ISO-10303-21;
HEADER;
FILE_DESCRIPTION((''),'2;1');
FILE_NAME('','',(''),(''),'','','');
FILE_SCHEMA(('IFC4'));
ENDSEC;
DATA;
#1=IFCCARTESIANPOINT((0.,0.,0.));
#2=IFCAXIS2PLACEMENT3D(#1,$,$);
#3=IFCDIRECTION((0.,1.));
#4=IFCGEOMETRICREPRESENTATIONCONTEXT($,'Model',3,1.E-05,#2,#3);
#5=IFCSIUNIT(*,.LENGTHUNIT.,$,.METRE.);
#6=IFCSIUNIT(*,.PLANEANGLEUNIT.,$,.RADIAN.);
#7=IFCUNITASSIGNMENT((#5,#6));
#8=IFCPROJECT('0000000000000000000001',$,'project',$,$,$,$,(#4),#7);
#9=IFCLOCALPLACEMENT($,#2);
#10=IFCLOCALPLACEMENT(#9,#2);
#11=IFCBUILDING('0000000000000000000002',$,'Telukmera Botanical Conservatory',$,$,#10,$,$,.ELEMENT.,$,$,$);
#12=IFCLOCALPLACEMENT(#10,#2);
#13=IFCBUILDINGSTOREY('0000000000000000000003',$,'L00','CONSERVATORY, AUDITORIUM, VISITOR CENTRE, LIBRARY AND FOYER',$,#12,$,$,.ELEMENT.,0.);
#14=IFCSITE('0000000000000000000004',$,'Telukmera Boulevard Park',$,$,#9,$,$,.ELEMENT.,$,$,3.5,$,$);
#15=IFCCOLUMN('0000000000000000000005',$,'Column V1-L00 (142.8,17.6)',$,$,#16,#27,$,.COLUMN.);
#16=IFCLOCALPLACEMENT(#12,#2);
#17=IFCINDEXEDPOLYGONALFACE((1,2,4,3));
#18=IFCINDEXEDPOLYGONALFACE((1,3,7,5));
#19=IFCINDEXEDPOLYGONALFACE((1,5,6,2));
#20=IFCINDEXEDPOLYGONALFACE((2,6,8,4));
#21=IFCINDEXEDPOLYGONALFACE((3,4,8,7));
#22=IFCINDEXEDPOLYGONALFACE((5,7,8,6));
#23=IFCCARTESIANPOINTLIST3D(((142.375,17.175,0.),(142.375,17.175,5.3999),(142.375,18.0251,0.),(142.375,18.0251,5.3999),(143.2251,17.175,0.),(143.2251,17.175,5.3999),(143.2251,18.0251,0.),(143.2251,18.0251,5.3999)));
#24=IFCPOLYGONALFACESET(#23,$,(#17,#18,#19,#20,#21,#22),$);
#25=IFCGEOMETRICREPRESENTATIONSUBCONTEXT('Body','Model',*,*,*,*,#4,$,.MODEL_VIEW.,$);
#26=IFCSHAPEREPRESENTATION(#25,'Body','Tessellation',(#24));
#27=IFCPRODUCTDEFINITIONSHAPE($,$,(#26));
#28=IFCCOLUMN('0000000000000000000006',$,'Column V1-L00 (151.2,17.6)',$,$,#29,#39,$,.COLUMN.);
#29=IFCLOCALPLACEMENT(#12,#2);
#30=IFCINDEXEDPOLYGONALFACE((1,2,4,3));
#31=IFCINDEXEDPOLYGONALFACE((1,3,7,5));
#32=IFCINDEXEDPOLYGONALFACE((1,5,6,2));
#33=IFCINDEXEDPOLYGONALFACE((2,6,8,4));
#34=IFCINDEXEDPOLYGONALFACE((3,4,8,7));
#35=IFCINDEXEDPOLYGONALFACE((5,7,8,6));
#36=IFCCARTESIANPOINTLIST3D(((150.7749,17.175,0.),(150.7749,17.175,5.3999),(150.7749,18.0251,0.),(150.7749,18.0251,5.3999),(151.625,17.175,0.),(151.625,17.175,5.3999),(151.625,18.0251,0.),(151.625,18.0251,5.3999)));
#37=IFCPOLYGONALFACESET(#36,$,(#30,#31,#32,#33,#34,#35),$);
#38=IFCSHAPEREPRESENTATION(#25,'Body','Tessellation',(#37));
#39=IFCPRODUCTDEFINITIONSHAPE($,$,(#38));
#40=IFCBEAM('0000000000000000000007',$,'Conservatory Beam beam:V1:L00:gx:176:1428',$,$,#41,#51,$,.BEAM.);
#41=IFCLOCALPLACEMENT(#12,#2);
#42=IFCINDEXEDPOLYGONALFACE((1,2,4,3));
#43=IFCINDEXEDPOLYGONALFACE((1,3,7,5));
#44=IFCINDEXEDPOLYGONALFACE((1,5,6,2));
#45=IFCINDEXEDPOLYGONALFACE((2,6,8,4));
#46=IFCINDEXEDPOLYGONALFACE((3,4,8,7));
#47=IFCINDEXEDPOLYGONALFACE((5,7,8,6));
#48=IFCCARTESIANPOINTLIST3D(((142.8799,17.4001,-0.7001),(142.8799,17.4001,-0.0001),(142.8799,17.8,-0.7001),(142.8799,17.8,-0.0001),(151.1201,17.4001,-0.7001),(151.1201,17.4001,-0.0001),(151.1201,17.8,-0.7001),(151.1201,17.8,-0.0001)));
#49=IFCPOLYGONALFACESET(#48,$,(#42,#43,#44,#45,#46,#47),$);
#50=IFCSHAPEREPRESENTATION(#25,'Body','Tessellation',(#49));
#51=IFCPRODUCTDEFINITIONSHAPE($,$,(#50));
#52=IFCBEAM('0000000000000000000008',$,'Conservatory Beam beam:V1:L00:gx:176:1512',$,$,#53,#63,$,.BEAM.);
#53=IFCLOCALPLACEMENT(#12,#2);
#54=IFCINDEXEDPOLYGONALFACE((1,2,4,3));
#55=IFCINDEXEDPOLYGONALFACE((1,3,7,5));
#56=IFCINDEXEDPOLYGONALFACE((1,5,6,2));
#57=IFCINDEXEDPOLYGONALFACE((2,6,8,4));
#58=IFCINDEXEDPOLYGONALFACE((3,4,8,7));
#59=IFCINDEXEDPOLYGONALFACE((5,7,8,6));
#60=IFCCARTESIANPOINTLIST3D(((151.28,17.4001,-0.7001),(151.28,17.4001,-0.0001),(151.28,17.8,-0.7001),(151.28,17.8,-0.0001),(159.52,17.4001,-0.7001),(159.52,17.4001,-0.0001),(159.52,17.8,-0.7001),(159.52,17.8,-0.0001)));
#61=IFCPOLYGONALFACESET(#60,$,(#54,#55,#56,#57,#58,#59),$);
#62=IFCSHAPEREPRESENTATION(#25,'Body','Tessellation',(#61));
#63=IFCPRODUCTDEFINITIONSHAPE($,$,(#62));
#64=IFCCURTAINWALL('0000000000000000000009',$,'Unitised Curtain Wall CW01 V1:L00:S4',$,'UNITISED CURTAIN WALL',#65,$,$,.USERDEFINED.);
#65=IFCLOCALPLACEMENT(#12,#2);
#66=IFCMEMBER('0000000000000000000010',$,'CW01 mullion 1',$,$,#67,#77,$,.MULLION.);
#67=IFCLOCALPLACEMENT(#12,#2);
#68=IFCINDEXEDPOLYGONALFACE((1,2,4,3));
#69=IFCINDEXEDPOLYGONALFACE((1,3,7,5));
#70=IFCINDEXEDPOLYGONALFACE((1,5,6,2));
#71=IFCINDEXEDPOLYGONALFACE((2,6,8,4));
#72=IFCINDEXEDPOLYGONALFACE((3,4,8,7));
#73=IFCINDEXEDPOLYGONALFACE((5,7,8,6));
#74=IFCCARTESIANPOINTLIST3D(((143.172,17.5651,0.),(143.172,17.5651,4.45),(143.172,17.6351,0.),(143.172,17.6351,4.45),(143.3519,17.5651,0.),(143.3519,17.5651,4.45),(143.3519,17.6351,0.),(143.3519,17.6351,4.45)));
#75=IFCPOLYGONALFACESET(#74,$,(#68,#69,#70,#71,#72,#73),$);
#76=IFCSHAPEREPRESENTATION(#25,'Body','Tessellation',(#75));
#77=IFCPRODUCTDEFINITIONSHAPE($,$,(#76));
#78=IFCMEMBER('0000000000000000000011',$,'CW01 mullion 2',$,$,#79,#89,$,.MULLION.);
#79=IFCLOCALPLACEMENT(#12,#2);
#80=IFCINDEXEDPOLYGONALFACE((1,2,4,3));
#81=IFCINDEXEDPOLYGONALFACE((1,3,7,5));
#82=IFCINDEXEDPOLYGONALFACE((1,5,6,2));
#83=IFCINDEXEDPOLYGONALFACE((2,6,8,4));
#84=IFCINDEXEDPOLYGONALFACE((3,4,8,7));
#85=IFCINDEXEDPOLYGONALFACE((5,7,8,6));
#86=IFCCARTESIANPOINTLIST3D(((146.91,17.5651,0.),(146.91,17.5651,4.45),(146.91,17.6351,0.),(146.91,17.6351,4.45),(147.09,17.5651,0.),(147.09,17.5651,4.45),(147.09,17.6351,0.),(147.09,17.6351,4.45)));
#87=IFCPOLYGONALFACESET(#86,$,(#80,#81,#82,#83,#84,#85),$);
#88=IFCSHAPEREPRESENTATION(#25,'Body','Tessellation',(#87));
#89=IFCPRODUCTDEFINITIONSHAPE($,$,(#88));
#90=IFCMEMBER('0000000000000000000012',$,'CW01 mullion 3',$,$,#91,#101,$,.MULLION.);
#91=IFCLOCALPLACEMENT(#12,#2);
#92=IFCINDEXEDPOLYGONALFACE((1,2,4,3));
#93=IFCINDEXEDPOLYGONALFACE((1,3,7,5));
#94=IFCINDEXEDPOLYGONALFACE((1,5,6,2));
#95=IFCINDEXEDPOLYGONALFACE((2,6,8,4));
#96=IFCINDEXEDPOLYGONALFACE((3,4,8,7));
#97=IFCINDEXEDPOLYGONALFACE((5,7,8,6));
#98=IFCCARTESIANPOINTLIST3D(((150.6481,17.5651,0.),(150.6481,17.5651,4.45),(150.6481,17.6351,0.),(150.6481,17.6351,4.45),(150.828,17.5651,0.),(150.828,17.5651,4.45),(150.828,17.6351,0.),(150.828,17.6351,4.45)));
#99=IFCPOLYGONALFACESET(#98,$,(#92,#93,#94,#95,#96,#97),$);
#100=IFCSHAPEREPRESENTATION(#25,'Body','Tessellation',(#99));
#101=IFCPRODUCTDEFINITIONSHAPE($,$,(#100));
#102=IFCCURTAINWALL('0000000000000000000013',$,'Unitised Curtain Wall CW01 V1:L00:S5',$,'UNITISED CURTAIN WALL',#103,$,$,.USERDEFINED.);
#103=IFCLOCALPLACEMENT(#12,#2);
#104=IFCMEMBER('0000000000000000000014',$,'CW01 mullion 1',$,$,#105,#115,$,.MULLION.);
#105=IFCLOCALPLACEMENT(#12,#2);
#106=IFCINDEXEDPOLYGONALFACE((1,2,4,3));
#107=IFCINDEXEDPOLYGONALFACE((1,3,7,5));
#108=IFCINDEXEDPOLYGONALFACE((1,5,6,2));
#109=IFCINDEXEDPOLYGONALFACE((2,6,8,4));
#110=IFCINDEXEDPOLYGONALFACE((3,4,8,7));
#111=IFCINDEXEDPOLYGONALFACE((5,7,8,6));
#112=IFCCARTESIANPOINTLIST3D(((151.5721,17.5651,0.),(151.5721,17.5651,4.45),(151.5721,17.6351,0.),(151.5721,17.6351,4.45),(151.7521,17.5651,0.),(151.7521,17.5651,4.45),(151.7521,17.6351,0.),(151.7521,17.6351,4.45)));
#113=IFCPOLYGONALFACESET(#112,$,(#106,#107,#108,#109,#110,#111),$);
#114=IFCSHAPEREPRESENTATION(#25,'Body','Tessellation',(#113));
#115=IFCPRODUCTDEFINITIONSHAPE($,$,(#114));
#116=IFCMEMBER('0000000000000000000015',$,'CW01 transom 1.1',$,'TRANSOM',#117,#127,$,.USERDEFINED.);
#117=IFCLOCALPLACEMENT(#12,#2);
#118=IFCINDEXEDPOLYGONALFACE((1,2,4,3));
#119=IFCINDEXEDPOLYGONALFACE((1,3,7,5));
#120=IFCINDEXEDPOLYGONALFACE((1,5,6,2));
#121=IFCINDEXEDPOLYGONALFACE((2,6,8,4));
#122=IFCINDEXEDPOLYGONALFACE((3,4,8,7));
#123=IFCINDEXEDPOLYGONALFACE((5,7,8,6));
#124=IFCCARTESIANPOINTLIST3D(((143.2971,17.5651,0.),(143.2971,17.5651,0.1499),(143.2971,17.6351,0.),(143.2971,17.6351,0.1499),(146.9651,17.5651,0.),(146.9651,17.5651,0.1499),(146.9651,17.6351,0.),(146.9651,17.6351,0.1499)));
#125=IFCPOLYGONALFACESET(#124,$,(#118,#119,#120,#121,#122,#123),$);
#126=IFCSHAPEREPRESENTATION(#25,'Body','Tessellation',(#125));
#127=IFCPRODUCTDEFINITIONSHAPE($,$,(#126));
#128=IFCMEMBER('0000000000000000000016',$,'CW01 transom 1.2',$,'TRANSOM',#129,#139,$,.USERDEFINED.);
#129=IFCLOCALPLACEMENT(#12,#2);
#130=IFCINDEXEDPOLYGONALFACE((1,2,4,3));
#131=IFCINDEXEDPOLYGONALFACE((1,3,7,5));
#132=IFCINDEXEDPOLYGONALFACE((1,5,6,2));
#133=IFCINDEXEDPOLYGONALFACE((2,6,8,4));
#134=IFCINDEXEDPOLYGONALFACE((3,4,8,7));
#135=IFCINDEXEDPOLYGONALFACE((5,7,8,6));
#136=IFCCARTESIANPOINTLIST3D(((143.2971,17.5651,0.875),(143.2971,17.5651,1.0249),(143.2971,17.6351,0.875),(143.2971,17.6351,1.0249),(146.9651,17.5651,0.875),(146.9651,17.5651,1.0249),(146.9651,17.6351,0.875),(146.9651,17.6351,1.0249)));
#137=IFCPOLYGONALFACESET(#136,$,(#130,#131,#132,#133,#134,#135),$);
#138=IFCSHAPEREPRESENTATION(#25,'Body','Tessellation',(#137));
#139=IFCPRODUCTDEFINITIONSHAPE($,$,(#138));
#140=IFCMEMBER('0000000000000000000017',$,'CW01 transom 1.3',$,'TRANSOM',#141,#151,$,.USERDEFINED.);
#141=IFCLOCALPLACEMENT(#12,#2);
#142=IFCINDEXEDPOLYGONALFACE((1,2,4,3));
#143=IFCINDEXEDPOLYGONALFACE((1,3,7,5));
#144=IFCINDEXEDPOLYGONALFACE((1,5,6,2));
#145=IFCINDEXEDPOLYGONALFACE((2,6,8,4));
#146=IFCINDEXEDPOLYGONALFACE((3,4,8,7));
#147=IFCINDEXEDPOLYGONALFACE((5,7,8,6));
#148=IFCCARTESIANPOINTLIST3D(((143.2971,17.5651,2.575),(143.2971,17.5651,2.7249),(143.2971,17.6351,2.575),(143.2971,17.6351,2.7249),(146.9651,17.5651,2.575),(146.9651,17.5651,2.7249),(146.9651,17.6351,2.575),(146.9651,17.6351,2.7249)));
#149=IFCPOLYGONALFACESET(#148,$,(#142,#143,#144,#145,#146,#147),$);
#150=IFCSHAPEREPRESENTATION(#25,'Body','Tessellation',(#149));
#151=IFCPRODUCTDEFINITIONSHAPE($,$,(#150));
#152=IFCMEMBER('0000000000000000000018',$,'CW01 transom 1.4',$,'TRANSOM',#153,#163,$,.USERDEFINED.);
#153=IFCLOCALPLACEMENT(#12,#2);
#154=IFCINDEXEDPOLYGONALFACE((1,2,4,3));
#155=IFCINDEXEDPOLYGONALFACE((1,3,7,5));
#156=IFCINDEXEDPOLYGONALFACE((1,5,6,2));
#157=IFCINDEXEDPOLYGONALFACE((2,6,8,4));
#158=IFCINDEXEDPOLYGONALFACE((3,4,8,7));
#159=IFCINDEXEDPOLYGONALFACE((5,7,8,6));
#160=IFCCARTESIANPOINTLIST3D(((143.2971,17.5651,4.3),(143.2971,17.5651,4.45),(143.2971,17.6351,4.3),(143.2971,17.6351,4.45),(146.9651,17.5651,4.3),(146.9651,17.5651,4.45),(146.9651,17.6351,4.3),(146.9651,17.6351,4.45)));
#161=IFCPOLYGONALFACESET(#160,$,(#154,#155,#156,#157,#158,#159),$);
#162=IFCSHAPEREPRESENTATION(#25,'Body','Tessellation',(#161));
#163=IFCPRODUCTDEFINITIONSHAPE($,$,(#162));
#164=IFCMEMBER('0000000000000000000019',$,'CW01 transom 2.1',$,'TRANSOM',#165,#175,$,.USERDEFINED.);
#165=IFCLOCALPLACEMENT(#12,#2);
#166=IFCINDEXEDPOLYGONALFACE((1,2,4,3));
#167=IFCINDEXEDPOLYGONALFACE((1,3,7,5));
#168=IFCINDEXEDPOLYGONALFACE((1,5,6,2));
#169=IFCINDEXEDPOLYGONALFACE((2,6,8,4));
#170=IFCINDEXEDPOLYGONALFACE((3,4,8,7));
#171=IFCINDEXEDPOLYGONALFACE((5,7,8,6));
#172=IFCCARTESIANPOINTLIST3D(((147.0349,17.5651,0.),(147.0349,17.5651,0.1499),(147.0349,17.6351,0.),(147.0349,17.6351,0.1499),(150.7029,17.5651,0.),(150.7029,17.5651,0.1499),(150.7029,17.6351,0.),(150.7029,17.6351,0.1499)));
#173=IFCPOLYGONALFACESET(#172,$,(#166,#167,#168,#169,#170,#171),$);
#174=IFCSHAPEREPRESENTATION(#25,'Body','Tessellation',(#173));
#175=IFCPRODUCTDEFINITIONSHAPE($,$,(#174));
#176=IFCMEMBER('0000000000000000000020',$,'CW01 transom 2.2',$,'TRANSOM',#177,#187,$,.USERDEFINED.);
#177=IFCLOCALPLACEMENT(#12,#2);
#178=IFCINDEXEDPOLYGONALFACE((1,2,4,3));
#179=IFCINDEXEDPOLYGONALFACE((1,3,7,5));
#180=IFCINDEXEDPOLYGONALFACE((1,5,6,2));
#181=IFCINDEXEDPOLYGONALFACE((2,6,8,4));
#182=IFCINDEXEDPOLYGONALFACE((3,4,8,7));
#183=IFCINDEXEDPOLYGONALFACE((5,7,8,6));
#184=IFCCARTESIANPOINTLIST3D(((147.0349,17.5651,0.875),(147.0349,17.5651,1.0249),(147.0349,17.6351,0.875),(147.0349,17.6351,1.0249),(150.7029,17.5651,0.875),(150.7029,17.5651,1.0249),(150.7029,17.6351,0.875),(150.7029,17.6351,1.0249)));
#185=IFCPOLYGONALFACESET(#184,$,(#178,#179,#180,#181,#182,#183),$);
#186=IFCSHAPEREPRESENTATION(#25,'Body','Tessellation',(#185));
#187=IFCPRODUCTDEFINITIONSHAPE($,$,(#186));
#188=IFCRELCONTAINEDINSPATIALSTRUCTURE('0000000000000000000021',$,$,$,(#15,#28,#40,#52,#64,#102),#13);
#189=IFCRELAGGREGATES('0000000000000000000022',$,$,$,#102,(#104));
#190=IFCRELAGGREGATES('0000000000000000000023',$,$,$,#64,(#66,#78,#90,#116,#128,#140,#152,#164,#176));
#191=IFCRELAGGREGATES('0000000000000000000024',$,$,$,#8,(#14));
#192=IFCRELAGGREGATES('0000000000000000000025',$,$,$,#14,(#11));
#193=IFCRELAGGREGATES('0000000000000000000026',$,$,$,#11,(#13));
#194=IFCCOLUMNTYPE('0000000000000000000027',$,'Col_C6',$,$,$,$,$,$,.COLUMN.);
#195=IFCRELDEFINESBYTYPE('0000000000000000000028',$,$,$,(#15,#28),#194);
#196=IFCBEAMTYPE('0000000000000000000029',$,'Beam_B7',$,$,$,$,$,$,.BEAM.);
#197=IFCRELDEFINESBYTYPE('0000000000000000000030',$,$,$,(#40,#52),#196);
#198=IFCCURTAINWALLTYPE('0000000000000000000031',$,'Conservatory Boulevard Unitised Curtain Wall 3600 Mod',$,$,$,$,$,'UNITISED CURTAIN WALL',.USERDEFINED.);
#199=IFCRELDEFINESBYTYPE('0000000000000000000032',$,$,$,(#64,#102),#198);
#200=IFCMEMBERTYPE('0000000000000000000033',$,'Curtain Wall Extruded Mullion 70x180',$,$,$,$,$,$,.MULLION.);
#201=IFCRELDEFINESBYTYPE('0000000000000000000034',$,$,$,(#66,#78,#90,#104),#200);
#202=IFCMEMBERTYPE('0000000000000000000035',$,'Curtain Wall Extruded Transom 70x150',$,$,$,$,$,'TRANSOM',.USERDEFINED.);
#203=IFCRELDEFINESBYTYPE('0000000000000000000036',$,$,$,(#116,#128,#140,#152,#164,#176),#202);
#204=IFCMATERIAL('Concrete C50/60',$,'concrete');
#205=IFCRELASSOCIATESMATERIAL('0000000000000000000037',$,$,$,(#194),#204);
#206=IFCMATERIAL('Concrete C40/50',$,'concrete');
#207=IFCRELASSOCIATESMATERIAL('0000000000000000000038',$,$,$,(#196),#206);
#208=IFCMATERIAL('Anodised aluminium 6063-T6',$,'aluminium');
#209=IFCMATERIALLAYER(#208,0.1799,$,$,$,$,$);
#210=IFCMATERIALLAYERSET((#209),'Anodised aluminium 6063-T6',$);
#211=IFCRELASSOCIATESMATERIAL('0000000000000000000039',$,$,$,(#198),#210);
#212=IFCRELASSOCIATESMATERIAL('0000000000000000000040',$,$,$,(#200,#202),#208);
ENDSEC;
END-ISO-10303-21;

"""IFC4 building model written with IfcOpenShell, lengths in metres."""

from ifc_helpers import new_model, si_unit, direction, frame, origin, origin_2d, place, context, subcontext, project, spatial, rectangle, extrude, material, layer, layer_set, material_profile, profile_set, type_object, element, aggregate, save


model = new_model("IFC4")

# Units and contexts
model_context = context("Model", 3, precision=1e-05, world=origin(), true_north=direction((0.0, 1.0)))
body_context = subcontext(model_context, "Body", "Model", "MODEL_VIEW")
ifc_project = project(units=[si_unit("LENGTHUNIT", "METRE"), si_unit("PLANEANGLEUNIT", "RADIAN")], contexts=[model_context])

# Site, building, storey
site_placement = place(None, origin())
site = spatial("IfcSite", under=ifc_project, at=site_placement, Name="Telukmera Boulevard Park", CompositionType="ELEMENT", RefElevation=3.5)
building_placement = place(site_placement, origin())
building = spatial("IfcBuilding", under=site, at=building_placement, Name="Telukmera Botanical Conservatory", CompositionType="ELEMENT")
storey_placement = place(building_placement, origin())
storey = spatial("IfcBuildingStorey", under=building, at=storey_placement, Name="L00", Description="CONSERVATORY, AUDITORIUM, VISITOR CENTRE, LIBRARY AND FOYER", CompositionType="ELEMENT", Elevation=0.0)

# Columns
ifc_material_1 = material(Name="Concrete C50/60", Category="concrete")
ifc_material_profile_1 = material_profile(ifc_material_1, rectangle(XDim=0.8501, YDim=0.8501, at=origin_2d()), Name="RC 850x850")
ifc_profile_set_1 = profile_set([ifc_material_profile_1], Name="Concrete C50/60")
column_type = type_object("IfcColumnType", Name="Col_C6", PredefinedType="COLUMN", material=ifc_profile_set_1)
for number, where, z_axis, x_axis, name in (
    (1, (142.8, 17.6001, 0.0), (0.0, 0.0, 1.0), (1.0, 0.0, 0.0), "Column V1-L00 (142.8,17.6)"),
    (2, (151.2, 17.6001, 0.0), (0.0, 0.0, 1.0), (1.0, 0.0, 0.0), "Column V1-L00 (151.2,17.6)"),
):
    element("IfcColumn", number, at=place(storey_placement, frame(where, z_axis=z_axis, x_axis=x_axis)), inside=storey, type_object=column_type, Name=name, PredefinedType="COLUMN", context=body_context, shape_type="SweptSolid", body=[
        extrude(rectangle(XDim=0.8501, YDim=0.8501, at=origin_2d()), origin(), (0.0, 0.0, 1.0), 5.3999),
    ])

# Beams
ifc_material_2 = material(Name="Concrete C40/50", Category="concrete")
ifc_material_profile_2 = material_profile(ifc_material_2, rectangle(XDim=0.3999, YDim=0.7, at=origin_2d()), Name="RC 400x700")
ifc_profile_set_2 = profile_set([ifc_material_profile_2], Name="Concrete C40/50")
beam_type = type_object("IfcBeamType", Name="Beam_B7", PredefinedType="BEAM", material=ifc_profile_set_2)
beam_1_placement = place(storey_placement, frame((142.8799, 17.6001, -0.3501), z_axis=(1.0, 0.0, 0.0), x_axis=(0.0, 1.0, 0.0)))
element("IfcBeam", 3, at=beam_1_placement, inside=storey, type_object=beam_type, Name="Conservatory Beam beam:V1:L00:gx:176:1428", PredefinedType="BEAM", context=body_context, shape_type="SweptSolid", body=[
    extrude(rectangle(XDim=0.3999, YDim=0.7, at=origin_2d()), origin(), (0.0, 0.0, 1.0), 8.2402),
])
beam_2_placement = place(storey_placement, frame((151.28, 17.6001, -0.3501), z_axis=(1.0, 0.0, 0.0), x_axis=(0.0, 1.0, 0.0)))
element("IfcBeam", 4, at=beam_2_placement, inside=storey, type_object=beam_type, Name="Conservatory Beam beam:V1:L00:gx:176:1512", PredefinedType="BEAM", context=body_context, shape_type="SweptSolid", body=[
    extrude(rectangle(XDim=0.3999, YDim=0.7, at=origin_2d()), origin(), (0.0, 0.0, 1.0), 8.24),
])

# Curtain wall, members
ifc_material_3 = material(Name="Anodised aluminium 6063-T6", Category="aluminium")
ifc_layer_1 = layer(ifc_material_3, 0.1799)
ifc_layer_set_1 = layer_set([ifc_layer_1], Name="Anodised aluminium 6063-T6")
curtain_wall_type = type_object("IfcCurtainWallType", Name="Conservatory Boulevard Unitised Curtain Wall 3600 Mod", ElementType="UNITISED CURTAIN WALL", PredefinedType="USERDEFINED", material=ifc_layer_set_1)
curtain_wall_1_placement = place(storey_placement, origin())
curtain_wall_1 = element("IfcCurtainWall", 5, at=curtain_wall_1_placement, inside=storey, type_object=curtain_wall_type, Name="Unitised Curtain Wall CW01 V1:L00:S4", ObjectType="UNITISED CURTAIN WALL", PredefinedType="USERDEFINED")
ifc_material_profile_3 = material_profile(ifc_material_3, rectangle(XDim=0.0701, YDim=0.1799, at=origin_2d()), Name="ALU MULL 70x180")
ifc_profile_set_3 = profile_set([ifc_material_profile_3], Name="Anodised aluminium 6063-T6")
member_type_1 = type_object("IfcMemberType", Name="Curtain Wall Extruded Mullion 70x180", PredefinedType="MULLION", material=ifc_profile_set_3)
member_1_placement = place(storey_placement, frame((143.262, 17.6001, 0.0), z_axis=(0.0, 0.0, 1.0), x_axis=(0.0, 1.0, 0.0)))
member_1 = element("IfcMember", 6, at=member_1_placement, type_object=member_type_1, Name="CW01 mullion 1", PredefinedType="MULLION", context=body_context, shape_type="SweptSolid", body=[
    extrude(rectangle(XDim=0.0701, YDim=0.1799, at=origin_2d()), origin(), (0.0, 0.0, 1.0), 4.45),
])
member_2_placement = place(storey_placement, frame((147.0, 17.6001, 0.0), z_axis=(0.0, 0.0, 1.0), x_axis=(0.0, 1.0, 0.0)))
member_2 = element("IfcMember", 7, at=member_2_placement, type_object=member_type_1, Name="CW01 mullion 2", PredefinedType="MULLION", context=body_context, shape_type="SweptSolid", body=[
    extrude(rectangle(XDim=0.0701, YDim=0.1799, at=origin_2d()), origin(), (0.0, 0.0, 1.0), 4.45),
])
member_3_placement = place(storey_placement, frame((150.738, 17.6001, 0.0), z_axis=(0.0, 0.0, 1.0), x_axis=(0.0, 1.0, 0.0)))
member_3 = element("IfcMember", 8, at=member_3_placement, type_object=member_type_1, Name="CW01 mullion 3", PredefinedType="MULLION", context=body_context, shape_type="SweptSolid", body=[
    extrude(rectangle(XDim=0.0701, YDim=0.1799, at=origin_2d()), origin(), (0.0, 0.0, 1.0), 4.45),
])

# Curtain wall, member
curtain_wall_2_placement = place(storey_placement, origin())
curtain_wall_2 = element("IfcCurtainWall", 9, at=curtain_wall_2_placement, inside=storey, type_object=curtain_wall_type, Name="Unitised Curtain Wall CW01 V1:L00:S5", ObjectType="UNITISED CURTAIN WALL", PredefinedType="USERDEFINED")
member_4_placement = place(storey_placement, frame((151.6621, 17.6001, 0.0), z_axis=(0.0, 0.0, 1.0), x_axis=(0.0, 1.0, 0.0)))
member_4 = element("IfcMember", 10, at=member_4_placement, type_object=member_type_1, Name="CW01 mullion 1", PredefinedType="MULLION", context=body_context, shape_type="SweptSolid", body=[
    extrude(rectangle(XDim=0.0701, YDim=0.1799, at=origin_2d()), origin(), (0.0, 0.0, 1.0), 4.45),
])

# Members
ifc_material_profile_4 = material_profile(ifc_material_3, rectangle(XDim=0.0701, YDim=0.1499, at=origin_2d()), Name="ALU TRAN 70x150")
ifc_profile_set_4 = profile_set([ifc_material_profile_4], Name="Anodised aluminium 6063-T6")
member_type_2 = type_object("IfcMemberType", Name="Curtain Wall Extruded Transom 70x150", ElementType="TRANSOM", PredefinedType="USERDEFINED", material=ifc_profile_set_4)
member_5_placement = place(storey_placement, frame((143.2971, 17.6001, 0.075), z_axis=(1.0, 0.0, 0.0), x_axis=(0.0, 1.0, 0.0)))
member_5 = element("IfcMember", 11, at=member_5_placement, type_object=member_type_2, Name="CW01 transom 1.1", ObjectType="TRANSOM", PredefinedType="USERDEFINED", context=body_context, shape_type="SweptSolid", body=[
    extrude(rectangle(XDim=0.0701, YDim=0.1499, at=origin_2d()), origin(), (0.0, 0.0, 1.0), 3.668),
])
member_6_placement = place(storey_placement, frame((143.2971, 17.6001, 0.95), z_axis=(1.0, 0.0, 0.0), x_axis=(0.0, 1.0, 0.0)))
member_6 = element("IfcMember", 12, at=member_6_placement, type_object=member_type_2, Name="CW01 transom 1.2", ObjectType="TRANSOM", PredefinedType="USERDEFINED", context=body_context, shape_type="SweptSolid", body=[
    extrude(rectangle(XDim=0.0701, YDim=0.1499, at=origin_2d()), origin(), (0.0, 0.0, 1.0), 3.668),
])
member_7_placement = place(storey_placement, frame((143.2971, 17.6001, 2.6499), z_axis=(1.0, 0.0, 0.0), x_axis=(0.0, 1.0, 0.0)))
member_7 = element("IfcMember", 13, at=member_7_placement, type_object=member_type_2, Name="CW01 transom 1.3", ObjectType="TRANSOM", PredefinedType="USERDEFINED", context=body_context, shape_type="SweptSolid", body=[
    extrude(rectangle(XDim=0.0701, YDim=0.1499, at=origin_2d()), origin(), (0.0, 0.0, 1.0), 3.668),
])
member_8_placement = place(storey_placement, frame((143.2971, 17.6001, 4.375), z_axis=(1.0, 0.0, 0.0), x_axis=(0.0, 1.0, 0.0)))
member_8 = element("IfcMember", 14, at=member_8_placement, type_object=member_type_2, Name="CW01 transom 1.4", ObjectType="TRANSOM", PredefinedType="USERDEFINED", context=body_context, shape_type="SweptSolid", body=[
    extrude(rectangle(XDim=0.0701, YDim=0.1499, at=origin_2d()), origin(), (0.0, 0.0, 1.0), 3.668),
])
member_9_placement = place(storey_placement, frame((147.0349, 17.6001, 0.075), z_axis=(1.0, 0.0, 0.0), x_axis=(0.0, 1.0, 0.0)))
member_9 = element("IfcMember", 15, at=member_9_placement, type_object=member_type_2, Name="CW01 transom 2.1", ObjectType="TRANSOM", PredefinedType="USERDEFINED", context=body_context, shape_type="SweptSolid", body=[
    extrude(rectangle(XDim=0.0701, YDim=0.1499, at=origin_2d()), origin(), (0.0, 0.0, 1.0), 3.668),
])
member_10_placement = place(storey_placement, frame((147.0349, 17.6001, 0.95), z_axis=(1.0, 0.0, 0.0), x_axis=(0.0, 1.0, 0.0)))
member_10 = element("IfcMember", 16, at=member_10_placement, type_object=member_type_2, Name="CW01 transom 2.2", ObjectType="TRANSOM", PredefinedType="USERDEFINED", context=body_context, shape_type="SweptSolid", body=[
    extrude(rectangle(XDim=0.0701, YDim=0.1499, at=origin_2d()), origin(), (0.0, 0.0, 1.0), 3.668),
])
aggregate(curtain_wall_2, [member_4])

aggregate(curtain_wall_1, [member_1, member_2, member_3, member_5, member_6, member_7, member_8, member_9, member_10])

save(model, "model.ifc")
